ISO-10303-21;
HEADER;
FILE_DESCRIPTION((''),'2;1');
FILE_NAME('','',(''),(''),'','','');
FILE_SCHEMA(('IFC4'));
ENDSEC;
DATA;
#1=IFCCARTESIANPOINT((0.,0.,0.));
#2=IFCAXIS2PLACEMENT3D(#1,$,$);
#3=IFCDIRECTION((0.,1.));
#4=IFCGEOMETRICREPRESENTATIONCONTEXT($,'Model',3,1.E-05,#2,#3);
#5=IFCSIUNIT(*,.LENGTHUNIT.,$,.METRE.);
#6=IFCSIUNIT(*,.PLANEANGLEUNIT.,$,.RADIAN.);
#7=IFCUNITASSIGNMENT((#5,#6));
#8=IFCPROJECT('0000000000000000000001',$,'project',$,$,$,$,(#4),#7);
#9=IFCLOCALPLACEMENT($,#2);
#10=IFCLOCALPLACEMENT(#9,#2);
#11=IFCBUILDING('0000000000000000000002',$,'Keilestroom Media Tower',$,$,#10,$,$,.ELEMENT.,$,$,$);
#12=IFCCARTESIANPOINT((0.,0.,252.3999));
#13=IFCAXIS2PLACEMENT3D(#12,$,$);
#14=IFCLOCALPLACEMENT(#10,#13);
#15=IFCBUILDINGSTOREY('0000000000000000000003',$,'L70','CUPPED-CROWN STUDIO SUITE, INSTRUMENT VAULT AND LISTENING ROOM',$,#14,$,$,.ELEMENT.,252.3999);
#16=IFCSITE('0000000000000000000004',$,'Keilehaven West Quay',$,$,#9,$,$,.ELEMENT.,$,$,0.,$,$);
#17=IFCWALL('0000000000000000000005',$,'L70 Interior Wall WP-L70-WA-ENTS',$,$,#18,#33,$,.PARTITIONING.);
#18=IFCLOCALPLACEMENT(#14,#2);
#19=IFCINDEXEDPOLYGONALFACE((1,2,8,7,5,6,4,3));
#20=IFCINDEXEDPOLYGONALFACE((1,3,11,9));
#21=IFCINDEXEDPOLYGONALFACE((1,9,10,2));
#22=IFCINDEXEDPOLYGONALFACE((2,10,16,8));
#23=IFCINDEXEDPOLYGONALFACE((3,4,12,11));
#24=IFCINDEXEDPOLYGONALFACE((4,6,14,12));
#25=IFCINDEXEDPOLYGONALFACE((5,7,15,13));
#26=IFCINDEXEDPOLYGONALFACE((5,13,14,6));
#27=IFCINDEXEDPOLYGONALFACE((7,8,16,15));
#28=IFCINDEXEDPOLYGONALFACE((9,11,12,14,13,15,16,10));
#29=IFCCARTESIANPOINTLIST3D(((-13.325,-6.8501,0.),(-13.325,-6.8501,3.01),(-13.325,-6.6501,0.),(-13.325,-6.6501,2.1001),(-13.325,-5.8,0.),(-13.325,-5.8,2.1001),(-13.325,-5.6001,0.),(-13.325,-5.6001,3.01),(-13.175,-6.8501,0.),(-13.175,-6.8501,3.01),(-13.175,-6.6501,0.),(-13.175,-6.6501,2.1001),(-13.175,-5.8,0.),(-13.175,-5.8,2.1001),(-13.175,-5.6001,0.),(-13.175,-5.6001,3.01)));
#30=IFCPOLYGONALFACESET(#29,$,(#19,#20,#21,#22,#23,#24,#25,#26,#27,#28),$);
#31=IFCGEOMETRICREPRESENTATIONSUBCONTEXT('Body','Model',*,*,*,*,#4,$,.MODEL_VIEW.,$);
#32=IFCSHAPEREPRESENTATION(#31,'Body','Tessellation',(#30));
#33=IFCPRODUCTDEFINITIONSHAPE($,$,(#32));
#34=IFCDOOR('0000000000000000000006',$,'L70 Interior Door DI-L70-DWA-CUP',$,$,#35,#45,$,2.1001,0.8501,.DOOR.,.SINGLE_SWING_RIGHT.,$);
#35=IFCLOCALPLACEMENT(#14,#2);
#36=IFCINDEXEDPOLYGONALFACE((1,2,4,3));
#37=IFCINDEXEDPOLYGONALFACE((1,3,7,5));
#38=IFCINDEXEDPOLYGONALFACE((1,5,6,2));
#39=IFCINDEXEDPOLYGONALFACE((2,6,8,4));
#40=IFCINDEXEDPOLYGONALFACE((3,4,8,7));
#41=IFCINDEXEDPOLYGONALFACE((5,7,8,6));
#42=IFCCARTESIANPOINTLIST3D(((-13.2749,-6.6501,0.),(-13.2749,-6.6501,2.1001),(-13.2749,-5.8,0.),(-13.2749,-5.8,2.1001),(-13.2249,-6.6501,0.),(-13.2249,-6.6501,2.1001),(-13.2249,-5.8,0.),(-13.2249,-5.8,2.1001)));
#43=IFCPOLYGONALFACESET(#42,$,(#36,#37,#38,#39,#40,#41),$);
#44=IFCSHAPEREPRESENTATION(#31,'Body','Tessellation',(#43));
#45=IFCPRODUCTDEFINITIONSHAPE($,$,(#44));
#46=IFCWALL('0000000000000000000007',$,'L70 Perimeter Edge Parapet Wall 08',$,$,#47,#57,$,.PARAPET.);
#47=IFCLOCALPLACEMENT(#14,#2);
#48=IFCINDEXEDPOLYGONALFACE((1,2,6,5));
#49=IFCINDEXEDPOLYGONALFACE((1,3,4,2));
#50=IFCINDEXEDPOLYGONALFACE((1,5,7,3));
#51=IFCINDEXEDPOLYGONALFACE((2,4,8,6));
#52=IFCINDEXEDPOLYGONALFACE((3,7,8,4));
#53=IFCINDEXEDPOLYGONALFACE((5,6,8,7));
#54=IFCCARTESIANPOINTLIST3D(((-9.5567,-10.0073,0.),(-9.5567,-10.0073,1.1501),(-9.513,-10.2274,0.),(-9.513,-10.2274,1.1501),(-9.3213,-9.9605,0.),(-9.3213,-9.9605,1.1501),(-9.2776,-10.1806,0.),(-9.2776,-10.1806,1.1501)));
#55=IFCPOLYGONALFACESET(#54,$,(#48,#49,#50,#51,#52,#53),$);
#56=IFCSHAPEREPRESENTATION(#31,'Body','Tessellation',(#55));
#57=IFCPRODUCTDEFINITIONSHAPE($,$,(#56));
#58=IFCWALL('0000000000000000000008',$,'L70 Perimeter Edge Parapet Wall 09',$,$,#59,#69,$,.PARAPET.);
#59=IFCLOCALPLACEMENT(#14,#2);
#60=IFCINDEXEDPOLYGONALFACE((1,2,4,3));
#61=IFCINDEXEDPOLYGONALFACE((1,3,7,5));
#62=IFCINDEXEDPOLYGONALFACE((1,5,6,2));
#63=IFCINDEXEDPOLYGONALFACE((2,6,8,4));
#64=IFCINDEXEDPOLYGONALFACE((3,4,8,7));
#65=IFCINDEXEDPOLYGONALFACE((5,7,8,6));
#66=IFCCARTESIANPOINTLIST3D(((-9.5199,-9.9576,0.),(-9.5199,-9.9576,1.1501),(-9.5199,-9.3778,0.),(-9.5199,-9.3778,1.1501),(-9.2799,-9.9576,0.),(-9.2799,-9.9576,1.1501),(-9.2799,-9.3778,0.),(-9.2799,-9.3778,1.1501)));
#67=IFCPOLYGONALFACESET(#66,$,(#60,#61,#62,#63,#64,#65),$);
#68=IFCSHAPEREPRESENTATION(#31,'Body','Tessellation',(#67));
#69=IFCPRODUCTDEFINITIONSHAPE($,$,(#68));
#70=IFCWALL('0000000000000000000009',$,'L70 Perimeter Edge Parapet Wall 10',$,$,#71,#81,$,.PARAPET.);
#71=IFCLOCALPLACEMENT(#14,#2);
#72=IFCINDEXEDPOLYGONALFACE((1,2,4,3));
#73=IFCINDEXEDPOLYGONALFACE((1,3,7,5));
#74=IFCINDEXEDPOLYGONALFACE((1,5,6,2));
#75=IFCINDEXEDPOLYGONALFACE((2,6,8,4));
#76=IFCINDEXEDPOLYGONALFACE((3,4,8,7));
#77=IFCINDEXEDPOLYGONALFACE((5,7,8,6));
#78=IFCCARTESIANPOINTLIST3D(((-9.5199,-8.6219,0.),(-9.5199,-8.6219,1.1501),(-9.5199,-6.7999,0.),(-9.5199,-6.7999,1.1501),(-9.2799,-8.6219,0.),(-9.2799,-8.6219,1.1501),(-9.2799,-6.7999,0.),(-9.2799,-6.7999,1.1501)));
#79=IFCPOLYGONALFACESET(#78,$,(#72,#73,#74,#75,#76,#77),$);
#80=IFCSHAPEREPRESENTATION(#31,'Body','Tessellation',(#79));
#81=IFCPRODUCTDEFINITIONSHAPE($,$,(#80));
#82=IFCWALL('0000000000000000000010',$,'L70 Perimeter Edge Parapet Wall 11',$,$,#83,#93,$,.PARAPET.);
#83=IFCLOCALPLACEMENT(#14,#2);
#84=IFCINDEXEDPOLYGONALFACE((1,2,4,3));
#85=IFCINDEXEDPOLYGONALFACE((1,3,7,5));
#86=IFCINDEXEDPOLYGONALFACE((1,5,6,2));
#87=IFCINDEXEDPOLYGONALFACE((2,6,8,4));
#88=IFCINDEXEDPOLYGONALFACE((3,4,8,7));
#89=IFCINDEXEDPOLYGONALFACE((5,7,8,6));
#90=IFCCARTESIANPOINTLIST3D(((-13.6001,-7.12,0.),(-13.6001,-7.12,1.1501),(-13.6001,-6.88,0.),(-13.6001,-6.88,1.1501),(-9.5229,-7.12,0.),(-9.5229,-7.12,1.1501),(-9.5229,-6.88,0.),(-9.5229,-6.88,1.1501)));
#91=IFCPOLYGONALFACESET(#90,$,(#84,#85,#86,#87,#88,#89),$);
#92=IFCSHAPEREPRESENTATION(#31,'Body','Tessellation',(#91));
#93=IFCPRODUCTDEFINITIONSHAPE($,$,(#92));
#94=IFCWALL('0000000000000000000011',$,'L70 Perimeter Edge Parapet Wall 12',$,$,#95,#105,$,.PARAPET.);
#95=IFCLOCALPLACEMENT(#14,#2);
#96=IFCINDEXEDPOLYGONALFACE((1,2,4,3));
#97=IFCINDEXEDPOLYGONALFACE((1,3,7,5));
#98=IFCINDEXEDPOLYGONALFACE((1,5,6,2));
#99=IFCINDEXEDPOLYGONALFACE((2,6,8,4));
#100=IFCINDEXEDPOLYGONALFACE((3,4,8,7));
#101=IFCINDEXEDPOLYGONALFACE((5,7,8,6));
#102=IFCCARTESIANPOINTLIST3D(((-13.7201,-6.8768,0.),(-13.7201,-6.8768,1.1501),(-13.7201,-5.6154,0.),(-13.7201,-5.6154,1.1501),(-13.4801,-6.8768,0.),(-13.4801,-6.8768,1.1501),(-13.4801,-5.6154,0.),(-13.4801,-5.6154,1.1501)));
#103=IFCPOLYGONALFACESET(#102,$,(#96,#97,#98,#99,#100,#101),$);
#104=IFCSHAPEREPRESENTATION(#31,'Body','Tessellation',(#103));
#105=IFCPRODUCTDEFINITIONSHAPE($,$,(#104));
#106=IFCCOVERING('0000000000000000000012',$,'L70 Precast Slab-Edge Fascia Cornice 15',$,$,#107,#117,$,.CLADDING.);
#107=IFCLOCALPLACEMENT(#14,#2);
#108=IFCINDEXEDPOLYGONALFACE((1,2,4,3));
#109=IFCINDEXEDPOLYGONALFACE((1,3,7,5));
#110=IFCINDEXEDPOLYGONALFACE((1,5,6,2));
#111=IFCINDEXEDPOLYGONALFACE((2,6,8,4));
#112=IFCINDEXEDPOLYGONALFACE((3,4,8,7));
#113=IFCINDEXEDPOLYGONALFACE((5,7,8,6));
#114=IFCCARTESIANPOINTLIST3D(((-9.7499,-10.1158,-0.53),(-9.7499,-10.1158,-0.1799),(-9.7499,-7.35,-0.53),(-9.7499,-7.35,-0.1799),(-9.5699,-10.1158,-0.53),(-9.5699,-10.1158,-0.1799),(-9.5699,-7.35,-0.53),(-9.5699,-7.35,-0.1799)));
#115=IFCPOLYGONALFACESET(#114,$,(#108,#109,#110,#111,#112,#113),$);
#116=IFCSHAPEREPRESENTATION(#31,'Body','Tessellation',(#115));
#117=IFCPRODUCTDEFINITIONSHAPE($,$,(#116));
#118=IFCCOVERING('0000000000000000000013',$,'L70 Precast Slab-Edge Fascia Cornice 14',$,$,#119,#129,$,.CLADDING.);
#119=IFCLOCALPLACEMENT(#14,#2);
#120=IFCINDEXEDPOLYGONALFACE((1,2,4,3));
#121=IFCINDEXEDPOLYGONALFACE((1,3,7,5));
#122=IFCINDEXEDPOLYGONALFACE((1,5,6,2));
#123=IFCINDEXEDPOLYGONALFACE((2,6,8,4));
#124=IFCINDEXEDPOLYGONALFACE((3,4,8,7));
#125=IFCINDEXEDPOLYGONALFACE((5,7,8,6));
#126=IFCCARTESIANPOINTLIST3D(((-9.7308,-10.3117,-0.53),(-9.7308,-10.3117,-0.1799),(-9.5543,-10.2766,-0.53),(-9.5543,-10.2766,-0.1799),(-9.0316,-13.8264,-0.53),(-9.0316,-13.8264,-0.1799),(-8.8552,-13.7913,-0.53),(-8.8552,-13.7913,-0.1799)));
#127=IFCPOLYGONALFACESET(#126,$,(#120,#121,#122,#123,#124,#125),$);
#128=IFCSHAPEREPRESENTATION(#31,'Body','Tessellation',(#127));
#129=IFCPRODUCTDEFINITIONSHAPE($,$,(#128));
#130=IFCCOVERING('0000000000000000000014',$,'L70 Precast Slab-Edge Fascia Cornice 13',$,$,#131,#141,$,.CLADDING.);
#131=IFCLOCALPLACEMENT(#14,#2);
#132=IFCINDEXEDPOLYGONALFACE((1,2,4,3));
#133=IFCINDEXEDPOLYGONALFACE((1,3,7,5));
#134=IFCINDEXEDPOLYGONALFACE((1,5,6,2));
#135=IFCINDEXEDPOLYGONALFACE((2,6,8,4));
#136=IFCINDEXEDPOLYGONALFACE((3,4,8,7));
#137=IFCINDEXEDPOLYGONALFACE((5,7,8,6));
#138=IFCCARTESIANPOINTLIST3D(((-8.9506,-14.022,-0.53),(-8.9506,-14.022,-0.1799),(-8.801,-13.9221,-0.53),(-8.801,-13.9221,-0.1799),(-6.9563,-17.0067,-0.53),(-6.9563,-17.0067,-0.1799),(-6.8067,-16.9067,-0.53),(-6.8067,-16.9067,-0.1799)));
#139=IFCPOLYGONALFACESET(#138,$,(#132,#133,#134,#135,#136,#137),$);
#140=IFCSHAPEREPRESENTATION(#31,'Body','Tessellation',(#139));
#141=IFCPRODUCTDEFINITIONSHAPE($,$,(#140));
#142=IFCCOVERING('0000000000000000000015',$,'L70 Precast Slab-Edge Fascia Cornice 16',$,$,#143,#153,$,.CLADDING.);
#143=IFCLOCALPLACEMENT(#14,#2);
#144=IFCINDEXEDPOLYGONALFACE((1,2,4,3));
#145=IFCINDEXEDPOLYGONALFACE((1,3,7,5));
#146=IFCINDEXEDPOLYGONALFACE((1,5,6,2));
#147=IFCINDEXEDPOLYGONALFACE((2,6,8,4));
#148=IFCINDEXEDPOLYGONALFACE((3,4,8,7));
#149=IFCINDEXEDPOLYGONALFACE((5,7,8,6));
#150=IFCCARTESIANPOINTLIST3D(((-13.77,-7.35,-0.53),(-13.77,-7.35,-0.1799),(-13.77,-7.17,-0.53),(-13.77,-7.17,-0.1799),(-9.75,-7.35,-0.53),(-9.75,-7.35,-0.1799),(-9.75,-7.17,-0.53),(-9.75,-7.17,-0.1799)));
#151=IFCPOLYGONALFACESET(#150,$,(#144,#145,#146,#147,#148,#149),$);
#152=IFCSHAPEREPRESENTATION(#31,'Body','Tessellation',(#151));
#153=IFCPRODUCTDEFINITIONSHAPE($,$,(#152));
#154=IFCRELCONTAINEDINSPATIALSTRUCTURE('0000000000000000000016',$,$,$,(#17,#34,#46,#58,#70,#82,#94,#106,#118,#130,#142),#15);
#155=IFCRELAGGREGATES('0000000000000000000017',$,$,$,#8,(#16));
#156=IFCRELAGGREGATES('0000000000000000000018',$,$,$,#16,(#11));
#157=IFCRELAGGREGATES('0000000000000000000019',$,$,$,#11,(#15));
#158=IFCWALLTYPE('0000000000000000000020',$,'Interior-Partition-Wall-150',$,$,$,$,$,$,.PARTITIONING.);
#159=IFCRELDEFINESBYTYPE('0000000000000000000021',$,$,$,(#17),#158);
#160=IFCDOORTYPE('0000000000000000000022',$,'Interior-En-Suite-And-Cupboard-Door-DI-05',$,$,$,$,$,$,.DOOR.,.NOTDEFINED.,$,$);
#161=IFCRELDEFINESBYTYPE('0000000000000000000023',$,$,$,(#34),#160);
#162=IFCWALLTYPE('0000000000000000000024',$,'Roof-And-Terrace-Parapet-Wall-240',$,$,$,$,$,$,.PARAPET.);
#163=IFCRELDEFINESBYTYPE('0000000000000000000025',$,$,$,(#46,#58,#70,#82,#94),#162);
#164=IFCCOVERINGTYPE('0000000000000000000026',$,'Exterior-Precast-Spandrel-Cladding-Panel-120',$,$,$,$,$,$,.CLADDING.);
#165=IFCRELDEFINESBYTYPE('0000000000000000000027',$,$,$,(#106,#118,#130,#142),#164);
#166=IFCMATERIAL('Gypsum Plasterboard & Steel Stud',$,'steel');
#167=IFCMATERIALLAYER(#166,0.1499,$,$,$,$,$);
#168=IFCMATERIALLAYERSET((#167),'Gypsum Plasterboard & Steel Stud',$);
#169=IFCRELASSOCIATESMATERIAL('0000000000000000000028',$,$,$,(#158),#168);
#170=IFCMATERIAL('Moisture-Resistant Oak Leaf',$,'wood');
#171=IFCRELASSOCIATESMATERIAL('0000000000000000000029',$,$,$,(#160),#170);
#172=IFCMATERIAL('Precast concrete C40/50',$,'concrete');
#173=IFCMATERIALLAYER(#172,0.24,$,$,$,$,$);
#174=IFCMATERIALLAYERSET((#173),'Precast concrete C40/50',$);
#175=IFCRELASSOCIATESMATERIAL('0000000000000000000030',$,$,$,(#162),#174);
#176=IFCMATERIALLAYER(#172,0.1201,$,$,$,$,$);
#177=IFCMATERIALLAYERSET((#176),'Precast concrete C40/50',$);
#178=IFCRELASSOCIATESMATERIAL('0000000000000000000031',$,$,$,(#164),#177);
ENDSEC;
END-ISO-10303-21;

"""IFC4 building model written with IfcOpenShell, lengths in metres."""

from ifc_helpers import new_model, si_unit, direction, frame, frame_2d, origin, origin_2d, place, context, subcontext, project, spatial, rectangle, extrude, source, transform, mapped, material, layer, layer_set, type_object, element, fill, save


model = new_model("IFC4")

# Units and contexts
model_context = context("Model", 3, precision=1e-05, world=origin(), true_north=direction((0.0, 1.0)))
body_context = subcontext(model_context, "Body", "Model", "MODEL_VIEW")
ifc_project = project(units=[si_unit("LENGTHUNIT", "METRE"), si_unit("PLANEANGLEUNIT", "RADIAN")], contexts=[model_context])

# Site, building, storey
site_placement = place(None, origin())
site = spatial("IfcSite", under=ifc_project, at=site_placement, Name="Keilehaven West Quay", CompositionType="ELEMENT", RefElevation=0.0)
building_placement = place(site_placement, origin())
building = spatial("IfcBuilding", under=site, at=building_placement, Name="Keilestroom Media Tower", CompositionType="ELEMENT")
storey_placement = place(building_placement, frame((0.0, 0.0, 252.3999)))
storey = spatial("IfcBuildingStorey", under=building, at=storey_placement, Name="L70", Description="CUPPED-CROWN STUDIO SUITE, INSTRUMENT VAULT AND LISTENING ROOM", CompositionType="ELEMENT", Elevation=252.3999)

# Shared definitions
ifc_material_1 = material(Name="Precast concrete C40/50", Category="concrete")

# Shared definitions
ifc_material_2 = material(Name="Gypsum Plasterboard & Steel Stud", Category="steel")
ifc_layer_1 = layer(ifc_material_2, 0.1499)
ifc_layer_set_1 = layer_set([ifc_layer_1], Name="Gypsum Plasterboard & Steel Stud")
wall_type_1 = type_object("IfcWallType", Name="Interior-Partition-Wall-150", PredefinedType="PARTITIONING", material=ifc_layer_set_1)

# Wall, opening, door
wall_1_placement = place(storey_placement, frame((-13.25, -6.8501, 0.0), z_axis=(0.0, 0.0, 1.0), x_axis=(0.0, 1.0, 0.0)))
wall_1 = element("IfcWall", 1, at=wall_1_placement, inside=storey, type_object=wall_type_1, Name="L70 Interior Wall WP-L70-WA-ENTS", PredefinedType="PARTITIONING", context=body_context, shape_type="SweptSolid", body=[
    extrude(rectangle(XDim=1.25, YDim=0.1499, at=frame_2d((0.625, 0.0))), origin(), (0.0, 0.0, 1.0), 3.01),
])
opening_1_placement = place(wall_1_placement, frame((0.2, 0.0, 0.0)))
opening_1 = element("IfcOpeningElement", 2, at=opening_1_placement, cuts=wall_1, PredefinedType="OPENING", context=body_context, shape_type="SweptSolid", body=[
    extrude(rectangle(XDim=0.8501, YDim=2.1001, at=frame_2d((0.425, 1.05))), frame((0.0, 0.085, 0.0), z_axis=(0.0, -1.0, 0.0), x_axis=(1.0, 0.0, 0.0)), (0.0, 0.0, 1.0), 0.1699),
])
ifc_material_3 = material(Name="Moisture-Resistant Oak Leaf", Category="wood")
door_type_1 = type_object("IfcDoorType", Name="Interior-En-Suite-And-Cupboard-Door-DI-05", OperationType="NOTDEFINED", PredefinedType="DOOR", material=ifc_material_3)
shared_shape_1 = source(origin(), body_context, "Body", "SweptSolid", [
    extrude(rectangle(XDim=0.8501, YDim=2.1001, at=frame_2d((0.425, 1.05))), frame((0.0, 0.0249, 0.0), z_axis=(0.0, -1.0, 0.0), x_axis=(1.0, 0.0, 0.0)), (0.0, 0.0, 1.0), 0.05),
])
door_1_placement = place(opening_1_placement, origin())
door_1 = element("IfcDoor", 3, at=door_1_placement, inside=storey, type_object=door_type_1, Name="L70 Interior Door DI-L70-DWA-CUP", OperationType="SINGLE_SWING_RIGHT", OverallHeight=2.1001, OverallWidth=0.8501, PredefinedType="DOOR", context=body_context, shape_type="MappedRepresentation", body=[
    mapped(shared_shape_1, transform((0.0, 0.0, 0.0), x_axis=(1.0, 0.0, 0.0), y_axis=(0.0, 1.0, 0.0), z_axis=(0.0, 0.0, 1.0), scale=1.0)),
])
fill(opening_1, door_1)

# Walls
ifc_layer_2 = layer(ifc_material_1, 0.24)
ifc_layer_set_2 = layer_set([ifc_layer_2], Name="Precast concrete C40/50")
wall_type_2 = type_object("IfcWallType", Name="Roof-And-Terrace-Parapet-Wall-240", PredefinedType="PARAPET", material=ifc_layer_set_2)
wall_2_placement = place(storey_placement, frame((-9.3953, -10.2041, 0.0), z_axis=(0.0, 0.0, 1.0), x_axis=(-0.19486, 0.980831, 0.0)))
element("IfcWall", 4, at=wall_2_placement, inside=storey, type_object=wall_type_2, Name="L70 Perimeter Edge Parapet Wall 08", PredefinedType="PARAPET", context=body_context, shape_type="SweptSolid", body=[
    extrude(rectangle(XDim=0.2244, YDim=0.24, at=frame_2d((0.1123, 0.0))), origin(), (0.0, 0.0, 1.0), 1.1501),
])
wall_3_placement = place(storey_placement, frame((-9.3999, -9.9578, 0.0), z_axis=(0.0, 0.0, 1.0), x_axis=(0.0, 1.0, 0.0)))
element("IfcWall", 5, at=wall_3_placement, inside=storey, type_object=wall_type_2, Name="L70 Perimeter Edge Parapet Wall 09", PredefinedType="PARAPET", context=body_context, shape_type="SweptSolid", body=[
    extrude(rectangle(XDim=0.5798, YDim=0.24, at=frame_2d((0.29, 0.0))), origin(), (0.0, 0.0, 1.0), 1.1501),
])
wall_4_placement = place(storey_placement, frame((-9.3999, -8.6221, 0.0), z_axis=(0.0, 0.0, 1.0), x_axis=(0.0, 1.0, 0.0)))
element("IfcWall", 6, at=wall_4_placement, inside=storey, type_object=wall_type_2, Name="L70 Perimeter Edge Parapet Wall 10", PredefinedType="PARAPET", context=body_context, shape_type="SweptSolid", body=[
    extrude(rectangle(XDim=1.822, YDim=0.24, at=frame_2d((0.9111, 0.0))), origin(), (0.0, 0.0, 1.0), 1.1501),
])
wall_5_placement = place(storey_placement, frame((-9.5229, -7.0, 0.0), z_axis=(0.0, 0.0, 1.0), x_axis=(-1.0, 0.0, 0.0)))
element("IfcWall", 7, at=wall_5_placement, inside=storey, type_object=wall_type_2, Name="L70 Perimeter Edge Parapet Wall 11", PredefinedType="PARAPET", context=body_context, shape_type="SweptSolid", body=[
    extrude(rectangle(XDim=4.0771, YDim=0.24, at=frame_2d((2.0386, 0.0))), origin(), (0.0, 0.0, 1.0), 1.1501),
])
wall_6_placement = place(storey_placement, frame((-13.6001, -6.877, 0.0), z_axis=(0.0, 0.0, 1.0), x_axis=(0.0, 1.0, 0.0)))
element("IfcWall", 8, at=wall_6_placement, inside=storey, type_object=wall_type_2, Name="L70 Perimeter Edge Parapet Wall 12", PredefinedType="PARAPET", context=body_context, shape_type="SweptSolid", body=[
    extrude(rectangle(XDim=1.2615, YDim=0.24, at=frame_2d((0.6309, 0.0))), origin(), (0.0, 0.0, 1.0), 1.1501),
])

# Coverings
ifc_layer_3 = layer(ifc_material_1, 0.1201)
ifc_layer_set_3 = layer_set([ifc_layer_3], Name="Precast concrete C40/50")
covering_type = type_object("IfcCoveringType", Name="Exterior-Precast-Spandrel-Cladding-Panel-120", PredefinedType="CLADDING", material=ifc_layer_set_3)
shared_shape_2 = source(origin(), body_context, "Body", "SweptSolid", [
    extrude(rectangle(XDim=2.7659, YDim=0.1799, at=origin_2d()), origin(), (0.0, 0.0, 1.0), 0.3501),
])
covering_1_placement = place(storey_placement, frame((-9.6599, -8.7329, -0.53), z_axis=(0.0, 0.0, 1.0), x_axis=(0.0, 1.0, 0.0)))
element("IfcCovering", 9, at=covering_1_placement, inside=storey, type_object=covering_type, Name="L70 Precast Slab-Edge Fascia Cornice 15", PredefinedType="CLADDING", context=body_context, shape_type="MappedRepresentation", body=[
    mapped(shared_shape_2, transform((0.0, 0.0, 0.0), x_axis=(1.0, 0.0, 0.0), y_axis=(0.0, 1.0, 0.0), z_axis=(0.0, 0.0, 1.0), scale=1.0)),
])
shared_shape_3 = source(origin(), body_context, "Body", "SweptSolid", [
    extrude(rectangle(XDim=3.5835, YDim=0.1799, at=origin_2d()), origin(), (0.0, 0.0, 1.0), 0.3501),
])
covering_2_placement = place(storey_placement, frame((-9.293, -12.0515, -0.53), z_axis=(0.0, 0.0, 1.0), x_axis=(-0.195099, 0.980784, 0.0)))
element("IfcCovering", 10, at=covering_2_placement, inside=storey, type_object=covering_type, Name="L70 Precast Slab-Edge Fascia Cornice 14", PredefinedType="CLADDING", context=body_context, shape_type="MappedRepresentation", body=[
    mapped(shared_shape_3, transform((0.0, 0.0, 0.0), x_axis=(1.0, 0.0, 0.0), y_axis=(0.0, 1.0, 0.0), z_axis=(0.0, 0.0, 1.0), scale=1.0)),
])
shared_shape_4 = source(origin(), body_context, "Body", "SweptSolid", [
    extrude(rectangle(XDim=3.5896, YDim=0.1799, at=origin_2d()), origin(), (0.0, 0.0, 1.0), 0.3501),
])
covering_3_placement = place(storey_placement, frame((-7.8787, -15.4644, -0.53), z_axis=(0.0, 0.0, 1.0), x_axis=(-0.555575, 0.831467, 0.0)))
element("IfcCovering", 11, at=covering_3_placement, inside=storey, type_object=covering_type, Name="L70 Precast Slab-Edge Fascia Cornice 13", PredefinedType="CLADDING", context=body_context, shape_type="MappedRepresentation", body=[
    mapped(shared_shape_4, transform((0.0, 0.0, 0.0), x_axis=(1.0, 0.0, 0.0), y_axis=(0.0, 1.0, 0.0), z_axis=(0.0, 0.0, 1.0), scale=1.0)),
])
shared_shape_5 = source(origin(), body_context, "Body", "SweptSolid", [
    extrude(rectangle(XDim=4.02, YDim=0.1799, at=origin_2d()), origin(), (0.0, 0.0, 1.0), 0.3501),
])
covering_4_placement = place(storey_placement, frame((-11.76, -7.26, -0.53), z_axis=(0.0, 0.0, 1.0), x_axis=(-1.0, 0.0, 0.0)))
element("IfcCovering", 12, at=covering_4_placement, inside=storey, type_object=covering_type, Name="L70 Precast Slab-Edge Fascia Cornice 16", PredefinedType="CLADDING", context=body_context, shape_type="MappedRepresentation", body=[
    mapped(shared_shape_5, transform((0.0, 0.0, 0.0), x_axis=(1.0, 0.0, 0.0), y_axis=(0.0, 1.0, 0.0), z_axis=(0.0, 0.0, 1.0), scale=1.0)),
])

save(model, "model.ifc")
